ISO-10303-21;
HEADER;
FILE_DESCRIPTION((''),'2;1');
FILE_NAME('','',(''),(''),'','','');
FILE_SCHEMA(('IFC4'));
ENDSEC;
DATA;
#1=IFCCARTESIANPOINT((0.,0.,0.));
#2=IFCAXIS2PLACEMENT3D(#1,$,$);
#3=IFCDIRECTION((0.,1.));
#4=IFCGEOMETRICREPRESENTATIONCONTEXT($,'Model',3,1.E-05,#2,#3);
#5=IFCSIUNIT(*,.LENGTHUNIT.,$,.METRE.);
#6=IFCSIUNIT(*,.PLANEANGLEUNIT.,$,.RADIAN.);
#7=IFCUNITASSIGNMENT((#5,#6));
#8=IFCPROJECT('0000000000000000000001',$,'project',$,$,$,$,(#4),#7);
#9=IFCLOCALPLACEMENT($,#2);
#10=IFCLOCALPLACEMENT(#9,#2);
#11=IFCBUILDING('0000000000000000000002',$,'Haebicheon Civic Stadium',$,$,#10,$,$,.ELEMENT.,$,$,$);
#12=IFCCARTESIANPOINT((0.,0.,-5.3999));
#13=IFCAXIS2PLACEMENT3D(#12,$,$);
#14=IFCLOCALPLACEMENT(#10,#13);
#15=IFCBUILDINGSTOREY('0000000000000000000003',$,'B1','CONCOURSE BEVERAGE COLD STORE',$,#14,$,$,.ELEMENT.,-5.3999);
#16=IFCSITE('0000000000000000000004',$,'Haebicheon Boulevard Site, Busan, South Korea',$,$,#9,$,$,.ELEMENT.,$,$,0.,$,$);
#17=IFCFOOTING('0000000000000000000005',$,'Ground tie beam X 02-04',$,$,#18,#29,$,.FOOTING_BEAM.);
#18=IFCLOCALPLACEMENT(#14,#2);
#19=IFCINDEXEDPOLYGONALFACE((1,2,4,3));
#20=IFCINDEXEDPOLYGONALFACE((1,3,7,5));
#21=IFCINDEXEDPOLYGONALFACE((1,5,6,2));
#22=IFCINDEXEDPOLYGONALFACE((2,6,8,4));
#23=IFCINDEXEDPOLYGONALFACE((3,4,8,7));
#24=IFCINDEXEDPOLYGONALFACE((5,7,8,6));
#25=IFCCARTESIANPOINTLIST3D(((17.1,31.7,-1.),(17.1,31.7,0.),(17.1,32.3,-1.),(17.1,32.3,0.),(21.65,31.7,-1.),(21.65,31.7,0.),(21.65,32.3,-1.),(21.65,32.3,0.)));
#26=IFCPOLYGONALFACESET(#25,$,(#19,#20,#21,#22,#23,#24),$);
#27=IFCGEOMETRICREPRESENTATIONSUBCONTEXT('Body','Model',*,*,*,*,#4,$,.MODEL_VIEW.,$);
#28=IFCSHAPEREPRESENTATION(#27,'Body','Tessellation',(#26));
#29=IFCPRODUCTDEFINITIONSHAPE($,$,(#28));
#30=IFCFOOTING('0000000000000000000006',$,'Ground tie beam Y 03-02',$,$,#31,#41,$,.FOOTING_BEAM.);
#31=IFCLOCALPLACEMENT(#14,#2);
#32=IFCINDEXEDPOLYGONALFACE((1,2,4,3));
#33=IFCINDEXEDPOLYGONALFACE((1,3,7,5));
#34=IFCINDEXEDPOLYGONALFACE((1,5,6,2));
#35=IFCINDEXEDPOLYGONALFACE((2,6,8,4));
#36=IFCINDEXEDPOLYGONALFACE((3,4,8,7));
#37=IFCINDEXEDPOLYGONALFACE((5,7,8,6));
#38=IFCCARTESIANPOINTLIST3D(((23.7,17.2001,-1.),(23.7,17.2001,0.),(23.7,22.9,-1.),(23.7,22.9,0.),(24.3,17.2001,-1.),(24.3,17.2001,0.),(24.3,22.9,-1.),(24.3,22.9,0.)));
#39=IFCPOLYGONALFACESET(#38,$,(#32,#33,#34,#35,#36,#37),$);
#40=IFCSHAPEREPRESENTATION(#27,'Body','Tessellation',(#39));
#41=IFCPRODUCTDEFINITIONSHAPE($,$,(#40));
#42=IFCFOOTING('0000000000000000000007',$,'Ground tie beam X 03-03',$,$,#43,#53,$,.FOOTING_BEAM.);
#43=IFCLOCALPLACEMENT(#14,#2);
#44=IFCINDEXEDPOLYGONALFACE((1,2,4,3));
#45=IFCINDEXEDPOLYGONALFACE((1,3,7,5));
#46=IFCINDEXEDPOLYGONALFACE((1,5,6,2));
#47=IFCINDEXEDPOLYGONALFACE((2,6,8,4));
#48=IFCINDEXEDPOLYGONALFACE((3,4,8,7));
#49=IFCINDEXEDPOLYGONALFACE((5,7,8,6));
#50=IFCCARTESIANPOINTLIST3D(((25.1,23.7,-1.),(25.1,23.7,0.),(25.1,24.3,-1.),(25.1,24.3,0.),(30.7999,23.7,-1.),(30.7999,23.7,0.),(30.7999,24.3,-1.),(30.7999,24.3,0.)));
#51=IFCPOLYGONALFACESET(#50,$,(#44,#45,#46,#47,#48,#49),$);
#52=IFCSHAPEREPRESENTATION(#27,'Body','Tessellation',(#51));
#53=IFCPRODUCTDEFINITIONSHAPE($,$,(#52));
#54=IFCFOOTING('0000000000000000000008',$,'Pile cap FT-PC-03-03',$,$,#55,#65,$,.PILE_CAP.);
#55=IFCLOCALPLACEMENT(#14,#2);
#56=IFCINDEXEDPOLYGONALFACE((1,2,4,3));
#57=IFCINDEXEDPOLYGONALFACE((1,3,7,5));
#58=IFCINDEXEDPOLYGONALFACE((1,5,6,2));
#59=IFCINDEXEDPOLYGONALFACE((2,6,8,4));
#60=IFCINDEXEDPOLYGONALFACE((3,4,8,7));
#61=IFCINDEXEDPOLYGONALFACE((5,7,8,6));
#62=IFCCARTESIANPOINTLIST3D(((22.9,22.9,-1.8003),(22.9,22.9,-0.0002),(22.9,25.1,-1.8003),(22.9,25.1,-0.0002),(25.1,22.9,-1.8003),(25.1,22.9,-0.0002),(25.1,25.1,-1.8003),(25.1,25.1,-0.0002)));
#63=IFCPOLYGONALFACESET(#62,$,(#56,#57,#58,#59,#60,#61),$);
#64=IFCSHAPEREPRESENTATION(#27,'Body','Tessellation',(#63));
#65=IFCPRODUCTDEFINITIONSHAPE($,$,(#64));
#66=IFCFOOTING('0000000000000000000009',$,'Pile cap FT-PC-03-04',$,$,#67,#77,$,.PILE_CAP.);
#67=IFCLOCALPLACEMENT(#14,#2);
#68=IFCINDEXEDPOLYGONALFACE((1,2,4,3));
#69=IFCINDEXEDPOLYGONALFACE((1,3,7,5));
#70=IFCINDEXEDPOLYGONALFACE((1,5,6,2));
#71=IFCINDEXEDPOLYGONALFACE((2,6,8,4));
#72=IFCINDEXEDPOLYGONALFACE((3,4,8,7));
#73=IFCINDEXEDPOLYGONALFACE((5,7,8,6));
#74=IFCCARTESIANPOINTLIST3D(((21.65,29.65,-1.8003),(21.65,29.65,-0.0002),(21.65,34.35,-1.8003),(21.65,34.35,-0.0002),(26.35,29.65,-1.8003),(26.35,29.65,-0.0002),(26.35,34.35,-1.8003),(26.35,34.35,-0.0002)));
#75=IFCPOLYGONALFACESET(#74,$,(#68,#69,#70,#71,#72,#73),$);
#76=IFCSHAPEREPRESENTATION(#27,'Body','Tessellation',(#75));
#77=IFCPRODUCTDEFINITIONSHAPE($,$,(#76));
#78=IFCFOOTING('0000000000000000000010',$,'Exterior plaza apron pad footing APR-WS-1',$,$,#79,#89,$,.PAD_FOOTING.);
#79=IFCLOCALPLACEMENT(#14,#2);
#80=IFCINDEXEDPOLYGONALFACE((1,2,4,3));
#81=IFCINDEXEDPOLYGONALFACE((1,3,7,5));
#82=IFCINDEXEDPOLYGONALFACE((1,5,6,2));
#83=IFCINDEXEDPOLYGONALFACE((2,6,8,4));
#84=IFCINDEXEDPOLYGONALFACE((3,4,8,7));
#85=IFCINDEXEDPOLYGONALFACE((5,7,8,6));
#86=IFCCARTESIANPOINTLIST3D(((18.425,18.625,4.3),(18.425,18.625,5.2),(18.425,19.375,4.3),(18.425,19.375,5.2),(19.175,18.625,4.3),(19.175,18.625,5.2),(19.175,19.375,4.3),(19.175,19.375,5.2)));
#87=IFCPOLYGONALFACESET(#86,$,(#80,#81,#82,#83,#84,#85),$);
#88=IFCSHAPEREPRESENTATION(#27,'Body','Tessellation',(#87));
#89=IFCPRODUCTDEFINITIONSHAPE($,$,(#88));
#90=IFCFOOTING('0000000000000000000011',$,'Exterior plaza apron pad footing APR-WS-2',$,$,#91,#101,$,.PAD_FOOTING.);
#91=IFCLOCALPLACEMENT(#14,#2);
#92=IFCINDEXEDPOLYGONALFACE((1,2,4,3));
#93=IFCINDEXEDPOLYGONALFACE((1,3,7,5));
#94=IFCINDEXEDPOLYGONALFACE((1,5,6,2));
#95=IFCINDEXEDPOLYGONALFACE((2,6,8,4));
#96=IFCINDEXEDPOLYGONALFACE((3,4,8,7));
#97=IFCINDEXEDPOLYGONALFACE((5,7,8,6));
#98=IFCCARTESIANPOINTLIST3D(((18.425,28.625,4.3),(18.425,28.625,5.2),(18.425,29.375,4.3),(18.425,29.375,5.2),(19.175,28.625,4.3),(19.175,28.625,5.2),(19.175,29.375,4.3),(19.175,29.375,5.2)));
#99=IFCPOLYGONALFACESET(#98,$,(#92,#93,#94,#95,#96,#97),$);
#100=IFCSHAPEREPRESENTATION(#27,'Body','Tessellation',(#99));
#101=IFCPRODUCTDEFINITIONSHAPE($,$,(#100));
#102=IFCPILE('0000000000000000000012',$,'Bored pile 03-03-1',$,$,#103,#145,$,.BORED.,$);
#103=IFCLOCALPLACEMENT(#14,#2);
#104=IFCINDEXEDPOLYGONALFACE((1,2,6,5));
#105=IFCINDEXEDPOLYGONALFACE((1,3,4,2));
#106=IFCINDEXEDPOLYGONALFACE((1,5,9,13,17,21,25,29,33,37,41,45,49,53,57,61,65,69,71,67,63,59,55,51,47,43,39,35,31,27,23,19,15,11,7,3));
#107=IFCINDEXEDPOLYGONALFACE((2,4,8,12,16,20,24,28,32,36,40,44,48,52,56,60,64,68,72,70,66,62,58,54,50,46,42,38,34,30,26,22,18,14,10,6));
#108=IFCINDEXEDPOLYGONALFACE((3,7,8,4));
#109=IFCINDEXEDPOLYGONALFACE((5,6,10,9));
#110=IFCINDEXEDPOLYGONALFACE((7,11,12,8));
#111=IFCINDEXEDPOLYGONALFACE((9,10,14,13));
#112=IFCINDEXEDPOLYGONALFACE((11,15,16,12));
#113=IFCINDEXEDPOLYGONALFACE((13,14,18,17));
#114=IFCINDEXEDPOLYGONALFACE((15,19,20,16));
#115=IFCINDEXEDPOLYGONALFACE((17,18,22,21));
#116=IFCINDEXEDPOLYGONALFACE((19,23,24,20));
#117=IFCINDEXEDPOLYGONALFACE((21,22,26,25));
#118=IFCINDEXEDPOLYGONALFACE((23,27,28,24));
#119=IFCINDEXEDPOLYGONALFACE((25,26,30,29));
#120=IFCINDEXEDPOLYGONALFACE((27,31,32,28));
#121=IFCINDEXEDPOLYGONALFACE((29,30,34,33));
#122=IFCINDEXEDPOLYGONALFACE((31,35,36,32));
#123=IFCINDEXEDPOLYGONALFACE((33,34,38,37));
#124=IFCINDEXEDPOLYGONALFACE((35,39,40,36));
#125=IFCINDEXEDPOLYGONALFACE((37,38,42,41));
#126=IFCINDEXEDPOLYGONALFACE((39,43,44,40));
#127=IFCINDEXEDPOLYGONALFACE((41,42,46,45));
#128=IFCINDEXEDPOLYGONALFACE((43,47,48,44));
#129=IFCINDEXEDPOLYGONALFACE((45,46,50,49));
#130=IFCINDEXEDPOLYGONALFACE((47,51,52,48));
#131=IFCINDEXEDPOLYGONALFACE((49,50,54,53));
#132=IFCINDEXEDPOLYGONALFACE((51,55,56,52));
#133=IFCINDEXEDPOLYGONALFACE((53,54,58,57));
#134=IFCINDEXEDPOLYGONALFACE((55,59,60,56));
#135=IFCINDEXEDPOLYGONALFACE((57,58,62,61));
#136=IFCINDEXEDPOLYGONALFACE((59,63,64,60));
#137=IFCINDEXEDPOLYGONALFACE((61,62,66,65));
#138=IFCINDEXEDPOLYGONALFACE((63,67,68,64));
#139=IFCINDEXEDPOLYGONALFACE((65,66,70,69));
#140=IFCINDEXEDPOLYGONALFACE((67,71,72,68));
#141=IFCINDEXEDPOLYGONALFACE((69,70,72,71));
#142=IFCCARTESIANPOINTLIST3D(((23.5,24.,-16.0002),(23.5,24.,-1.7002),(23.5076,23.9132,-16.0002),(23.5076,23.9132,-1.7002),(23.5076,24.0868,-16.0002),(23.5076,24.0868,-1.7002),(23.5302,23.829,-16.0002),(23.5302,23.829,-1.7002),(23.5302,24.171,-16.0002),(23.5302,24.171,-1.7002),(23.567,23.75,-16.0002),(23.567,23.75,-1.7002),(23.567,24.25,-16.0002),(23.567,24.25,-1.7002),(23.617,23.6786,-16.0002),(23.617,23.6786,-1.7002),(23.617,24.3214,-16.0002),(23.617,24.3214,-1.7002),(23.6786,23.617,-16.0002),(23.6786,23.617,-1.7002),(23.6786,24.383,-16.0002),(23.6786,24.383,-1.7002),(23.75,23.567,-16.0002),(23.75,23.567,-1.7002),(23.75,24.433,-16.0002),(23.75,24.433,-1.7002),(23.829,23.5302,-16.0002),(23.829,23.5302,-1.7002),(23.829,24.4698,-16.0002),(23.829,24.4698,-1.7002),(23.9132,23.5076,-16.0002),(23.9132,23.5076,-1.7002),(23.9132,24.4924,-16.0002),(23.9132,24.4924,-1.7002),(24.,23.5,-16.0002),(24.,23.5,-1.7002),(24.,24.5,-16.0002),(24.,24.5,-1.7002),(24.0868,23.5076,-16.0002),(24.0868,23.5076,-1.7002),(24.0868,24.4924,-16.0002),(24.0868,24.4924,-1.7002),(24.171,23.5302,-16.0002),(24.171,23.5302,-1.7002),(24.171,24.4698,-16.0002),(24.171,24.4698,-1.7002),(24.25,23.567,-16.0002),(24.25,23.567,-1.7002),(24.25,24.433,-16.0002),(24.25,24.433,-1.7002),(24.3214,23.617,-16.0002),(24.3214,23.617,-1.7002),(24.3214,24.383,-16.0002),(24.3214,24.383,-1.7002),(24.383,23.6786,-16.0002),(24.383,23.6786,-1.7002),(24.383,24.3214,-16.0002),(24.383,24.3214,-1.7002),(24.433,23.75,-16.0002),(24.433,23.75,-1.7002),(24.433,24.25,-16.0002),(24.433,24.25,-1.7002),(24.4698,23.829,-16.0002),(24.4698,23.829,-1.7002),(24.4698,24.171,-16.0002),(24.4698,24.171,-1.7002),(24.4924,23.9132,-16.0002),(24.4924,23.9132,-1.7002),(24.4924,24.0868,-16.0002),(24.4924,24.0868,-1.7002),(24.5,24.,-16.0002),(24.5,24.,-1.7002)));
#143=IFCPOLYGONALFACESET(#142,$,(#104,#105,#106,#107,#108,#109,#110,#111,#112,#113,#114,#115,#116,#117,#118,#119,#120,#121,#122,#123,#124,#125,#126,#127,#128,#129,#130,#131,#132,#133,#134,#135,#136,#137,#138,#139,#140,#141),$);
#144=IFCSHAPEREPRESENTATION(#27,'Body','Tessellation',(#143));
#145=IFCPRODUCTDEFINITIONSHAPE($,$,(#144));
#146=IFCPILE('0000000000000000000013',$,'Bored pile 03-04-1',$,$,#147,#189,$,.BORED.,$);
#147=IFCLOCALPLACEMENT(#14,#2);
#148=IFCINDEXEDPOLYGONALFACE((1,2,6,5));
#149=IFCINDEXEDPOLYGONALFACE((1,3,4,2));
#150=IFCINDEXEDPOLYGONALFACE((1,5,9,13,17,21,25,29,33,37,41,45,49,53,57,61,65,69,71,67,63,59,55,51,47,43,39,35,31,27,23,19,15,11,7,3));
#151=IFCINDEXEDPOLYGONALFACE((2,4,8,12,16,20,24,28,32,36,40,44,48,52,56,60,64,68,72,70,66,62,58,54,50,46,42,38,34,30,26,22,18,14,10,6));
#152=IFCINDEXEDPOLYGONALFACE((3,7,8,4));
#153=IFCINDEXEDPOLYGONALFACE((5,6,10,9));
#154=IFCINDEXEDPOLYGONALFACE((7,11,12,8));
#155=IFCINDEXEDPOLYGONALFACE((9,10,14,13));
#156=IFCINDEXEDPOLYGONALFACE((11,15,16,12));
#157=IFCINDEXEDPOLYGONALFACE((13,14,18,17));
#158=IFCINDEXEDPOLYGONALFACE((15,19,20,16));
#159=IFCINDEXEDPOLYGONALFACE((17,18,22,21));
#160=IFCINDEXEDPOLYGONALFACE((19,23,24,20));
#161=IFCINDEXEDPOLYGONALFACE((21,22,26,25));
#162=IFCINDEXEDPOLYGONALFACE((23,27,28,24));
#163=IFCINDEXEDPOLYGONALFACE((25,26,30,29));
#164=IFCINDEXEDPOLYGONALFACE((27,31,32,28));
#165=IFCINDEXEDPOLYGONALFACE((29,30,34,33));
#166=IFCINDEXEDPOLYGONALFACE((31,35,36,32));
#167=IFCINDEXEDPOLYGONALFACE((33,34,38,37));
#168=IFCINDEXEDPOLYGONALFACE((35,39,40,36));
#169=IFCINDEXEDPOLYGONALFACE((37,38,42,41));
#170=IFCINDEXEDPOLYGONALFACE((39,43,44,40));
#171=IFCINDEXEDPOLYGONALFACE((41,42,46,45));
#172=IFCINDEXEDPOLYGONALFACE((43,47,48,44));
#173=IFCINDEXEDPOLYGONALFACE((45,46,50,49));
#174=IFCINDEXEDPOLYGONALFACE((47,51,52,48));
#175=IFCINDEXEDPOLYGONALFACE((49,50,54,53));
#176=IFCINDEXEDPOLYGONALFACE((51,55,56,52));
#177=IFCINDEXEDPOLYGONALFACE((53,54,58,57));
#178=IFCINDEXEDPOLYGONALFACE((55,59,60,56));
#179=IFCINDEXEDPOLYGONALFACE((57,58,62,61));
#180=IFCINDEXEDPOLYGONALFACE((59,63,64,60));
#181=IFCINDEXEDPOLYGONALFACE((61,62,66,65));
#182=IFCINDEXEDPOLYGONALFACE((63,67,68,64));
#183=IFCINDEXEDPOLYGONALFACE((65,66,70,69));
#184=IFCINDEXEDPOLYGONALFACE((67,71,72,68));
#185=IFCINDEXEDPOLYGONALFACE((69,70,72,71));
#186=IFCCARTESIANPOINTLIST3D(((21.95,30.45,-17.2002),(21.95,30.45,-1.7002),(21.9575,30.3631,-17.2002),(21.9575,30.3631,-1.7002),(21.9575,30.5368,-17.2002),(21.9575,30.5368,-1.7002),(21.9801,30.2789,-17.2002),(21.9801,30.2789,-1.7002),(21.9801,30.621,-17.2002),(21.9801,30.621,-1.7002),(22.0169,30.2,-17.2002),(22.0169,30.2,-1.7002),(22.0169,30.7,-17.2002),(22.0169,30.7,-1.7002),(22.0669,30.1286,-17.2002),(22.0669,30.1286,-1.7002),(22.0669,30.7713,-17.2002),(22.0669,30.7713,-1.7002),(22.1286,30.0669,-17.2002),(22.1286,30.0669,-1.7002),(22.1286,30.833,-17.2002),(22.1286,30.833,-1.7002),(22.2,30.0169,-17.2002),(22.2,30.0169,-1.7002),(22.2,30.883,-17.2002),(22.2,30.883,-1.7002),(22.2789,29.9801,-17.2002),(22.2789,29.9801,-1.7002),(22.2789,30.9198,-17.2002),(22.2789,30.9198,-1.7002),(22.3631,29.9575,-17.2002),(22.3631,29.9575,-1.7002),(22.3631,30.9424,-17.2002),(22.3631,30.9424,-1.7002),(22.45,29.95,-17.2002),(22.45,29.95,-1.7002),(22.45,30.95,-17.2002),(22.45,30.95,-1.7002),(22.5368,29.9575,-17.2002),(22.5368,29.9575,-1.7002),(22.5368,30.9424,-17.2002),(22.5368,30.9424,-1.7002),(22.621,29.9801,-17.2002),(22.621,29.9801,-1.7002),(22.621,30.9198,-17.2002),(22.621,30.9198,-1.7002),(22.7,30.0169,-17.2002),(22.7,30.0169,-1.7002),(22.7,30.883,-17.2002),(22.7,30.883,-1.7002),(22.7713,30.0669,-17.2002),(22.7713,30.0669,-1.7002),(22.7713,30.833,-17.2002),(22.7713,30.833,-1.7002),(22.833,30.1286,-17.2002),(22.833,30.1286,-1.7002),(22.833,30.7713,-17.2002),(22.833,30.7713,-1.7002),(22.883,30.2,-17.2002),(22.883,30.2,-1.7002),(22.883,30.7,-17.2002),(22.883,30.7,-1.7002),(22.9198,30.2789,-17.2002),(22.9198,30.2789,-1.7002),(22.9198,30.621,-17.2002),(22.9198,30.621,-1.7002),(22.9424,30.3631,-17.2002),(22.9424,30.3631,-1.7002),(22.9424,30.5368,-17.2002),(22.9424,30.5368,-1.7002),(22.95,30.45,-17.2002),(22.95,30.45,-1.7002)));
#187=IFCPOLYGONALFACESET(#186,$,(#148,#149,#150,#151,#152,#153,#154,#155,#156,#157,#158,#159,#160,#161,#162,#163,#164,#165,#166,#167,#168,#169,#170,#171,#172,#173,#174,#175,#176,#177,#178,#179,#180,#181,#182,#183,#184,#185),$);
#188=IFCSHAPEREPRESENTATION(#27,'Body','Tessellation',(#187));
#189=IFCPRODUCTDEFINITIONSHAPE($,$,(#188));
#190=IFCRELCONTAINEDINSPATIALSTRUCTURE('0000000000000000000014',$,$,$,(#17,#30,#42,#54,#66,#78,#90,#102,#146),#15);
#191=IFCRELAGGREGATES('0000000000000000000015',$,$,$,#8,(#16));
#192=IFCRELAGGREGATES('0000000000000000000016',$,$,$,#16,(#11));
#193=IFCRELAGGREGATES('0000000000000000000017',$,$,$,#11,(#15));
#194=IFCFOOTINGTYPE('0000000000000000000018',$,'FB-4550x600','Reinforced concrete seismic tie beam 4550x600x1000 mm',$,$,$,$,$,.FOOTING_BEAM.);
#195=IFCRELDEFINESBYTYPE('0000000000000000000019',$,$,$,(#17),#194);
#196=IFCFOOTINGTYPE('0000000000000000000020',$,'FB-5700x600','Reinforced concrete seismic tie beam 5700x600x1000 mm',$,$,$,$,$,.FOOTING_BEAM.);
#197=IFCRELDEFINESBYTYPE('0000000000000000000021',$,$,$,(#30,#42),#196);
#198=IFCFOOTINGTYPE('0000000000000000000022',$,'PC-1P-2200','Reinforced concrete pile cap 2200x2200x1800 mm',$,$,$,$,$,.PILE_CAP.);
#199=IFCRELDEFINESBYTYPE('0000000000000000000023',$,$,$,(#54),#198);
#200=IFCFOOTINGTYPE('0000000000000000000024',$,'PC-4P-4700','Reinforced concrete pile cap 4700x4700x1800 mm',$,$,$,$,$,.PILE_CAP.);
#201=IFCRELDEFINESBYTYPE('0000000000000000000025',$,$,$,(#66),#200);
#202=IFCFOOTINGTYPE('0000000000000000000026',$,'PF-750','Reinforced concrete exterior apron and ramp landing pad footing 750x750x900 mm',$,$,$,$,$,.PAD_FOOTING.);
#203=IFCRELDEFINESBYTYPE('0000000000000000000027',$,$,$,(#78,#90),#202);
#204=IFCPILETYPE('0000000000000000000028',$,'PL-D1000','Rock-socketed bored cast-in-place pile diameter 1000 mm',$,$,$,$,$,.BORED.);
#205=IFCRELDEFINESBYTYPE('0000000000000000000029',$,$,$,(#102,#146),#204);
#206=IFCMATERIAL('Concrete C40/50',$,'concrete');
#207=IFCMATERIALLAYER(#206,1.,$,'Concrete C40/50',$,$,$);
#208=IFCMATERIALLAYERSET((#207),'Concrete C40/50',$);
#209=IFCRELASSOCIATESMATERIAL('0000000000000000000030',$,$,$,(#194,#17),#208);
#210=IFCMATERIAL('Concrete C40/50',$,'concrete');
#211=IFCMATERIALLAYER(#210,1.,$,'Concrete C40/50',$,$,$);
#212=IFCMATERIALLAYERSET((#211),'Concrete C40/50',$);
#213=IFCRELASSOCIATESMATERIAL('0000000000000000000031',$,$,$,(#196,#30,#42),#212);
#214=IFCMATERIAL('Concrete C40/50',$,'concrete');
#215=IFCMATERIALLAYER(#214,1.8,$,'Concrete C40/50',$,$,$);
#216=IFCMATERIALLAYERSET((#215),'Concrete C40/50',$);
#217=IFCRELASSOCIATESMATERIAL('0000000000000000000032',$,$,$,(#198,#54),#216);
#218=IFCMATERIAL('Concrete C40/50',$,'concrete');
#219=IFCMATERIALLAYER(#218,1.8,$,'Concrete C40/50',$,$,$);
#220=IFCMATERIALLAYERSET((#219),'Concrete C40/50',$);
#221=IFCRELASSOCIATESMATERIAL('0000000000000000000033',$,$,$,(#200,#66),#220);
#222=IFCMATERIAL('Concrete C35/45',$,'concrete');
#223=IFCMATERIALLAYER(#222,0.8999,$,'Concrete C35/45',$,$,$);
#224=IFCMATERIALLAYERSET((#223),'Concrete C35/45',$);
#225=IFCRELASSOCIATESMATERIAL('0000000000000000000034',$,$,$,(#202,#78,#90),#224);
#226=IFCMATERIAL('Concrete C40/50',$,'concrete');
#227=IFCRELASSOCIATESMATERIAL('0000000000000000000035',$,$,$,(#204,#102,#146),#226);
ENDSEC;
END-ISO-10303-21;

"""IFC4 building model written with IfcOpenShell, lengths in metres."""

from ifc_helpers import new_model, si_unit, direction, frame, origin, origin_2d, place, context, subcontext, project, spatial, rectangle, circle, extrude, material, layer, layer_set, material_profile, profile_set, type_object, element, save


model = new_model("IFC4")

# Units and contexts
model_context = context("Model", 3, precision=1e-05, world=origin(), true_north=direction((0.0, 1.0)))
body_context = subcontext(model_context, "Body", "Model", "MODEL_VIEW")
ifc_project = project(units=[si_unit("LENGTHUNIT", "METRE"), si_unit("PLANEANGLEUNIT", "RADIAN")], contexts=[model_context])

# Site, building, storey
site_placement = place(None, origin())
site = spatial("IfcSite", under=ifc_project, at=site_placement, Name="Haebicheon Boulevard Site, Busan, South Korea", CompositionType="ELEMENT", RefElevation=0.0)
building_placement = place(site_placement, origin())
building = spatial("IfcBuilding", under=site, at=building_placement, Name="Haebicheon Civic Stadium", CompositionType="ELEMENT")
storey_placement = place(building_placement, frame((0.0, 0.0, -5.3999)))
storey = spatial("IfcBuildingStorey", under=building, at=storey_placement, Name="B1", Description="CONCOURSE BEVERAGE COLD STORE", CompositionType="ELEMENT", Elevation=-5.3999)

# Footings
ifc_material_1 = material(Name="Concrete C40/50", Category="concrete")
ifc_layer_1 = layer(ifc_material_1, 1.0, Name="Concrete C40/50")
ifc_layer_set_1 = layer_set([ifc_layer_1], Name="Concrete C40/50")
footing_type_1 = type_object("IfcFootingType", Name="FB-4550x600", Description="Reinforced concrete seismic tie beam 4550x600x1000 mm", PredefinedType="FOOTING_BEAM", material=ifc_layer_set_1)
footing_1_placement = place(storey_placement, frame((19.375, 32.0, -1.0), z_axis=(0.0, 0.0, 1.0), x_axis=(1.0, 0.0, 0.0)))
element("IfcFooting", 1, at=footing_1_placement, inside=storey, type_object=footing_type_1, material=ifc_layer_set_1, Name="Ground tie beam X 02-04", PredefinedType="FOOTING_BEAM", context=body_context, shape_type="SweptSolid", body=[
    extrude(rectangle(XDim=4.55, YDim=0.6001, at=origin_2d()), origin(), (0.0, 0.0, 1.0), 1.0),
])
ifc_material_2 = material(Name="Concrete C40/50", Category="concrete")
ifc_layer_2 = layer(ifc_material_2, 1.0, Name="Concrete C40/50")
ifc_layer_set_2 = layer_set([ifc_layer_2], Name="Concrete C40/50")
footing_type_2 = type_object("IfcFootingType", Name="FB-5700x600", Description="Reinforced concrete seismic tie beam 5700x600x1000 mm", PredefinedType="FOOTING_BEAM", material=ifc_layer_set_2)
for number, where, z_axis, x_axis, name in (
    (2, (24.0, 20.05, -1.0), (0.0, 0.0, 1.0), (0.0, 1.0, 0.0), "Ground tie beam Y 03-02"),
    (3, (27.95, 24.0, -1.0), (0.0, 0.0, 1.0), (1.0, 0.0, 0.0), "Ground tie beam X 03-03"),
):
    element("IfcFooting", number, at=place(storey_placement, frame(where, z_axis=z_axis, x_axis=x_axis)), inside=storey, type_object=footing_type_2, material=ifc_layer_set_2, Name=name, PredefinedType="FOOTING_BEAM", context=body_context, shape_type="SweptSolid", body=[
        extrude(rectangle(XDim=5.7, YDim=0.6001, at=origin_2d()), origin(), (0.0, 0.0, 1.0), 1.0),
    ])
ifc_material_3 = material(Name="Concrete C40/50", Category="concrete")
ifc_layer_3 = layer(ifc_material_3, 1.8, Name="Concrete C40/50")
ifc_layer_set_3 = layer_set([ifc_layer_3], Name="Concrete C40/50")
footing_type_3 = type_object("IfcFootingType", Name="PC-1P-2200", Description="Reinforced concrete pile cap 2200x2200x1800 mm", PredefinedType="PILE_CAP", material=ifc_layer_set_3)
footing_2_placement = place(storey_placement, frame((24.0, 24.0, -1.8003), z_axis=(0.0, 0.0, 1.0), x_axis=(1.0, 0.0, 0.0)))
element("IfcFooting", 4, at=footing_2_placement, inside=storey, type_object=footing_type_3, material=ifc_layer_set_3, Name="Pile cap FT-PC-03-03", PredefinedType="PILE_CAP", context=body_context, shape_type="SweptSolid", body=[
    extrude(rectangle(XDim=2.2, YDim=2.2, at=origin_2d()), origin(), (0.0, 0.0, 1.0), 1.8),
])
ifc_material_4 = material(Name="Concrete C40/50", Category="concrete")
ifc_layer_4 = layer(ifc_material_4, 1.8, Name="Concrete C40/50")
ifc_layer_set_4 = layer_set([ifc_layer_4], Name="Concrete C40/50")
footing_type_4 = type_object("IfcFootingType", Name="PC-4P-4700", Description="Reinforced concrete pile cap 4700x4700x1800 mm", PredefinedType="PILE_CAP", material=ifc_layer_set_4)
footing_3_placement = place(storey_placement, frame((24.0, 32.0, -1.8003), z_axis=(0.0, 0.0, 1.0), x_axis=(1.0, 0.0, 0.0)))
element("IfcFooting", 5, at=footing_3_placement, inside=storey, type_object=footing_type_4, material=ifc_layer_set_4, Name="Pile cap FT-PC-03-04", PredefinedType="PILE_CAP", context=body_context, shape_type="SweptSolid", body=[
    extrude(rectangle(XDim=4.7, YDim=4.7, at=origin_2d()), origin(), (0.0, 0.0, 1.0), 1.8),
])
ifc_material_5 = material(Name="Concrete C35/45", Category="concrete")
ifc_layer_5 = layer(ifc_material_5, 0.8999, Name="Concrete C35/45")
ifc_layer_set_5 = layer_set([ifc_layer_5], Name="Concrete C35/45")
footing_type_5 = type_object("IfcFootingType", Name="PF-750", Description="Reinforced concrete exterior apron and ramp landing pad footing 750x750x900 mm", PredefinedType="PAD_FOOTING", material=ifc_layer_set_5)
for number, where, z_axis, x_axis, name in (
    (6, (18.8, 19.0, 4.3), (0.0, 0.0, 1.0), (1.0, 0.0, 0.0), "Exterior plaza apron pad footing APR-WS-1"),
    (7, (18.8, 29.0, 4.3), (0.0, 0.0, 1.0), (1.0, 0.0, 0.0), "Exterior plaza apron pad footing APR-WS-2"),
):
    element("IfcFooting", number, at=place(storey_placement, frame(where, z_axis=z_axis, x_axis=x_axis)), inside=storey, type_object=footing_type_5, material=ifc_layer_set_5, Name=name, PredefinedType="PAD_FOOTING", context=body_context, shape_type="SweptSolid", body=[
        extrude(rectangle(XDim=0.75, YDim=0.75, at=origin_2d()), origin(), (0.0, 0.0, 1.0), 0.8999),
    ])

# Piles
ifc_material_6 = material(Name="Concrete C40/50", Category="concrete")
ifc_material_profile_1 = material_profile(ifc_material_6, circle(Radius=0.5, at=origin_2d()), Name="PILE-D1000")
ifc_profile_set_1 = profile_set([ifc_material_profile_1], Name="Concrete C40/50")
pile_type = type_object("IfcPileType", Name="PL-D1000", Description="Rock-socketed bored cast-in-place pile diameter 1000 mm", PredefinedType="BORED", material=ifc_profile_set_1)
pile_placement = place(storey_placement, frame((24.0, 24.0, -1.7002), z_axis=(0.0, 0.0, -1.0), x_axis=(1.0, 0.0, 0.0)))
element("IfcPile", 8, at=pile_placement, inside=storey, type_object=pile_type, material=ifc_profile_set_1, Name="Bored pile 03-03-1", PredefinedType="BORED", context=body_context, shape_type="SweptSolid", body=[
    extrude(circle(Radius=0.5, at=origin_2d()), origin(), (0.0, 0.0, 1.0), 14.3),
])
for number, where, z_axis, x_axis, name in (
    (9, (22.45, 30.45, -1.7002), (0.0, 0.0, -1.0), (1.0, 0.0, 0.0), "Bored pile 03-04-1"),
):
    element("IfcPile", number, at=place(storey_placement, frame(where, z_axis=z_axis, x_axis=x_axis)), inside=storey, type_object=pile_type, material=ifc_profile_set_1, Name=name, PredefinedType="BORED", context=body_context, shape_type="SweptSolid", body=[
        extrude(circle(Radius=0.5, at=origin_2d()), origin(), (0.0, 0.0, 1.0), 15.5),
    ])

save(model, "model.ifc")
